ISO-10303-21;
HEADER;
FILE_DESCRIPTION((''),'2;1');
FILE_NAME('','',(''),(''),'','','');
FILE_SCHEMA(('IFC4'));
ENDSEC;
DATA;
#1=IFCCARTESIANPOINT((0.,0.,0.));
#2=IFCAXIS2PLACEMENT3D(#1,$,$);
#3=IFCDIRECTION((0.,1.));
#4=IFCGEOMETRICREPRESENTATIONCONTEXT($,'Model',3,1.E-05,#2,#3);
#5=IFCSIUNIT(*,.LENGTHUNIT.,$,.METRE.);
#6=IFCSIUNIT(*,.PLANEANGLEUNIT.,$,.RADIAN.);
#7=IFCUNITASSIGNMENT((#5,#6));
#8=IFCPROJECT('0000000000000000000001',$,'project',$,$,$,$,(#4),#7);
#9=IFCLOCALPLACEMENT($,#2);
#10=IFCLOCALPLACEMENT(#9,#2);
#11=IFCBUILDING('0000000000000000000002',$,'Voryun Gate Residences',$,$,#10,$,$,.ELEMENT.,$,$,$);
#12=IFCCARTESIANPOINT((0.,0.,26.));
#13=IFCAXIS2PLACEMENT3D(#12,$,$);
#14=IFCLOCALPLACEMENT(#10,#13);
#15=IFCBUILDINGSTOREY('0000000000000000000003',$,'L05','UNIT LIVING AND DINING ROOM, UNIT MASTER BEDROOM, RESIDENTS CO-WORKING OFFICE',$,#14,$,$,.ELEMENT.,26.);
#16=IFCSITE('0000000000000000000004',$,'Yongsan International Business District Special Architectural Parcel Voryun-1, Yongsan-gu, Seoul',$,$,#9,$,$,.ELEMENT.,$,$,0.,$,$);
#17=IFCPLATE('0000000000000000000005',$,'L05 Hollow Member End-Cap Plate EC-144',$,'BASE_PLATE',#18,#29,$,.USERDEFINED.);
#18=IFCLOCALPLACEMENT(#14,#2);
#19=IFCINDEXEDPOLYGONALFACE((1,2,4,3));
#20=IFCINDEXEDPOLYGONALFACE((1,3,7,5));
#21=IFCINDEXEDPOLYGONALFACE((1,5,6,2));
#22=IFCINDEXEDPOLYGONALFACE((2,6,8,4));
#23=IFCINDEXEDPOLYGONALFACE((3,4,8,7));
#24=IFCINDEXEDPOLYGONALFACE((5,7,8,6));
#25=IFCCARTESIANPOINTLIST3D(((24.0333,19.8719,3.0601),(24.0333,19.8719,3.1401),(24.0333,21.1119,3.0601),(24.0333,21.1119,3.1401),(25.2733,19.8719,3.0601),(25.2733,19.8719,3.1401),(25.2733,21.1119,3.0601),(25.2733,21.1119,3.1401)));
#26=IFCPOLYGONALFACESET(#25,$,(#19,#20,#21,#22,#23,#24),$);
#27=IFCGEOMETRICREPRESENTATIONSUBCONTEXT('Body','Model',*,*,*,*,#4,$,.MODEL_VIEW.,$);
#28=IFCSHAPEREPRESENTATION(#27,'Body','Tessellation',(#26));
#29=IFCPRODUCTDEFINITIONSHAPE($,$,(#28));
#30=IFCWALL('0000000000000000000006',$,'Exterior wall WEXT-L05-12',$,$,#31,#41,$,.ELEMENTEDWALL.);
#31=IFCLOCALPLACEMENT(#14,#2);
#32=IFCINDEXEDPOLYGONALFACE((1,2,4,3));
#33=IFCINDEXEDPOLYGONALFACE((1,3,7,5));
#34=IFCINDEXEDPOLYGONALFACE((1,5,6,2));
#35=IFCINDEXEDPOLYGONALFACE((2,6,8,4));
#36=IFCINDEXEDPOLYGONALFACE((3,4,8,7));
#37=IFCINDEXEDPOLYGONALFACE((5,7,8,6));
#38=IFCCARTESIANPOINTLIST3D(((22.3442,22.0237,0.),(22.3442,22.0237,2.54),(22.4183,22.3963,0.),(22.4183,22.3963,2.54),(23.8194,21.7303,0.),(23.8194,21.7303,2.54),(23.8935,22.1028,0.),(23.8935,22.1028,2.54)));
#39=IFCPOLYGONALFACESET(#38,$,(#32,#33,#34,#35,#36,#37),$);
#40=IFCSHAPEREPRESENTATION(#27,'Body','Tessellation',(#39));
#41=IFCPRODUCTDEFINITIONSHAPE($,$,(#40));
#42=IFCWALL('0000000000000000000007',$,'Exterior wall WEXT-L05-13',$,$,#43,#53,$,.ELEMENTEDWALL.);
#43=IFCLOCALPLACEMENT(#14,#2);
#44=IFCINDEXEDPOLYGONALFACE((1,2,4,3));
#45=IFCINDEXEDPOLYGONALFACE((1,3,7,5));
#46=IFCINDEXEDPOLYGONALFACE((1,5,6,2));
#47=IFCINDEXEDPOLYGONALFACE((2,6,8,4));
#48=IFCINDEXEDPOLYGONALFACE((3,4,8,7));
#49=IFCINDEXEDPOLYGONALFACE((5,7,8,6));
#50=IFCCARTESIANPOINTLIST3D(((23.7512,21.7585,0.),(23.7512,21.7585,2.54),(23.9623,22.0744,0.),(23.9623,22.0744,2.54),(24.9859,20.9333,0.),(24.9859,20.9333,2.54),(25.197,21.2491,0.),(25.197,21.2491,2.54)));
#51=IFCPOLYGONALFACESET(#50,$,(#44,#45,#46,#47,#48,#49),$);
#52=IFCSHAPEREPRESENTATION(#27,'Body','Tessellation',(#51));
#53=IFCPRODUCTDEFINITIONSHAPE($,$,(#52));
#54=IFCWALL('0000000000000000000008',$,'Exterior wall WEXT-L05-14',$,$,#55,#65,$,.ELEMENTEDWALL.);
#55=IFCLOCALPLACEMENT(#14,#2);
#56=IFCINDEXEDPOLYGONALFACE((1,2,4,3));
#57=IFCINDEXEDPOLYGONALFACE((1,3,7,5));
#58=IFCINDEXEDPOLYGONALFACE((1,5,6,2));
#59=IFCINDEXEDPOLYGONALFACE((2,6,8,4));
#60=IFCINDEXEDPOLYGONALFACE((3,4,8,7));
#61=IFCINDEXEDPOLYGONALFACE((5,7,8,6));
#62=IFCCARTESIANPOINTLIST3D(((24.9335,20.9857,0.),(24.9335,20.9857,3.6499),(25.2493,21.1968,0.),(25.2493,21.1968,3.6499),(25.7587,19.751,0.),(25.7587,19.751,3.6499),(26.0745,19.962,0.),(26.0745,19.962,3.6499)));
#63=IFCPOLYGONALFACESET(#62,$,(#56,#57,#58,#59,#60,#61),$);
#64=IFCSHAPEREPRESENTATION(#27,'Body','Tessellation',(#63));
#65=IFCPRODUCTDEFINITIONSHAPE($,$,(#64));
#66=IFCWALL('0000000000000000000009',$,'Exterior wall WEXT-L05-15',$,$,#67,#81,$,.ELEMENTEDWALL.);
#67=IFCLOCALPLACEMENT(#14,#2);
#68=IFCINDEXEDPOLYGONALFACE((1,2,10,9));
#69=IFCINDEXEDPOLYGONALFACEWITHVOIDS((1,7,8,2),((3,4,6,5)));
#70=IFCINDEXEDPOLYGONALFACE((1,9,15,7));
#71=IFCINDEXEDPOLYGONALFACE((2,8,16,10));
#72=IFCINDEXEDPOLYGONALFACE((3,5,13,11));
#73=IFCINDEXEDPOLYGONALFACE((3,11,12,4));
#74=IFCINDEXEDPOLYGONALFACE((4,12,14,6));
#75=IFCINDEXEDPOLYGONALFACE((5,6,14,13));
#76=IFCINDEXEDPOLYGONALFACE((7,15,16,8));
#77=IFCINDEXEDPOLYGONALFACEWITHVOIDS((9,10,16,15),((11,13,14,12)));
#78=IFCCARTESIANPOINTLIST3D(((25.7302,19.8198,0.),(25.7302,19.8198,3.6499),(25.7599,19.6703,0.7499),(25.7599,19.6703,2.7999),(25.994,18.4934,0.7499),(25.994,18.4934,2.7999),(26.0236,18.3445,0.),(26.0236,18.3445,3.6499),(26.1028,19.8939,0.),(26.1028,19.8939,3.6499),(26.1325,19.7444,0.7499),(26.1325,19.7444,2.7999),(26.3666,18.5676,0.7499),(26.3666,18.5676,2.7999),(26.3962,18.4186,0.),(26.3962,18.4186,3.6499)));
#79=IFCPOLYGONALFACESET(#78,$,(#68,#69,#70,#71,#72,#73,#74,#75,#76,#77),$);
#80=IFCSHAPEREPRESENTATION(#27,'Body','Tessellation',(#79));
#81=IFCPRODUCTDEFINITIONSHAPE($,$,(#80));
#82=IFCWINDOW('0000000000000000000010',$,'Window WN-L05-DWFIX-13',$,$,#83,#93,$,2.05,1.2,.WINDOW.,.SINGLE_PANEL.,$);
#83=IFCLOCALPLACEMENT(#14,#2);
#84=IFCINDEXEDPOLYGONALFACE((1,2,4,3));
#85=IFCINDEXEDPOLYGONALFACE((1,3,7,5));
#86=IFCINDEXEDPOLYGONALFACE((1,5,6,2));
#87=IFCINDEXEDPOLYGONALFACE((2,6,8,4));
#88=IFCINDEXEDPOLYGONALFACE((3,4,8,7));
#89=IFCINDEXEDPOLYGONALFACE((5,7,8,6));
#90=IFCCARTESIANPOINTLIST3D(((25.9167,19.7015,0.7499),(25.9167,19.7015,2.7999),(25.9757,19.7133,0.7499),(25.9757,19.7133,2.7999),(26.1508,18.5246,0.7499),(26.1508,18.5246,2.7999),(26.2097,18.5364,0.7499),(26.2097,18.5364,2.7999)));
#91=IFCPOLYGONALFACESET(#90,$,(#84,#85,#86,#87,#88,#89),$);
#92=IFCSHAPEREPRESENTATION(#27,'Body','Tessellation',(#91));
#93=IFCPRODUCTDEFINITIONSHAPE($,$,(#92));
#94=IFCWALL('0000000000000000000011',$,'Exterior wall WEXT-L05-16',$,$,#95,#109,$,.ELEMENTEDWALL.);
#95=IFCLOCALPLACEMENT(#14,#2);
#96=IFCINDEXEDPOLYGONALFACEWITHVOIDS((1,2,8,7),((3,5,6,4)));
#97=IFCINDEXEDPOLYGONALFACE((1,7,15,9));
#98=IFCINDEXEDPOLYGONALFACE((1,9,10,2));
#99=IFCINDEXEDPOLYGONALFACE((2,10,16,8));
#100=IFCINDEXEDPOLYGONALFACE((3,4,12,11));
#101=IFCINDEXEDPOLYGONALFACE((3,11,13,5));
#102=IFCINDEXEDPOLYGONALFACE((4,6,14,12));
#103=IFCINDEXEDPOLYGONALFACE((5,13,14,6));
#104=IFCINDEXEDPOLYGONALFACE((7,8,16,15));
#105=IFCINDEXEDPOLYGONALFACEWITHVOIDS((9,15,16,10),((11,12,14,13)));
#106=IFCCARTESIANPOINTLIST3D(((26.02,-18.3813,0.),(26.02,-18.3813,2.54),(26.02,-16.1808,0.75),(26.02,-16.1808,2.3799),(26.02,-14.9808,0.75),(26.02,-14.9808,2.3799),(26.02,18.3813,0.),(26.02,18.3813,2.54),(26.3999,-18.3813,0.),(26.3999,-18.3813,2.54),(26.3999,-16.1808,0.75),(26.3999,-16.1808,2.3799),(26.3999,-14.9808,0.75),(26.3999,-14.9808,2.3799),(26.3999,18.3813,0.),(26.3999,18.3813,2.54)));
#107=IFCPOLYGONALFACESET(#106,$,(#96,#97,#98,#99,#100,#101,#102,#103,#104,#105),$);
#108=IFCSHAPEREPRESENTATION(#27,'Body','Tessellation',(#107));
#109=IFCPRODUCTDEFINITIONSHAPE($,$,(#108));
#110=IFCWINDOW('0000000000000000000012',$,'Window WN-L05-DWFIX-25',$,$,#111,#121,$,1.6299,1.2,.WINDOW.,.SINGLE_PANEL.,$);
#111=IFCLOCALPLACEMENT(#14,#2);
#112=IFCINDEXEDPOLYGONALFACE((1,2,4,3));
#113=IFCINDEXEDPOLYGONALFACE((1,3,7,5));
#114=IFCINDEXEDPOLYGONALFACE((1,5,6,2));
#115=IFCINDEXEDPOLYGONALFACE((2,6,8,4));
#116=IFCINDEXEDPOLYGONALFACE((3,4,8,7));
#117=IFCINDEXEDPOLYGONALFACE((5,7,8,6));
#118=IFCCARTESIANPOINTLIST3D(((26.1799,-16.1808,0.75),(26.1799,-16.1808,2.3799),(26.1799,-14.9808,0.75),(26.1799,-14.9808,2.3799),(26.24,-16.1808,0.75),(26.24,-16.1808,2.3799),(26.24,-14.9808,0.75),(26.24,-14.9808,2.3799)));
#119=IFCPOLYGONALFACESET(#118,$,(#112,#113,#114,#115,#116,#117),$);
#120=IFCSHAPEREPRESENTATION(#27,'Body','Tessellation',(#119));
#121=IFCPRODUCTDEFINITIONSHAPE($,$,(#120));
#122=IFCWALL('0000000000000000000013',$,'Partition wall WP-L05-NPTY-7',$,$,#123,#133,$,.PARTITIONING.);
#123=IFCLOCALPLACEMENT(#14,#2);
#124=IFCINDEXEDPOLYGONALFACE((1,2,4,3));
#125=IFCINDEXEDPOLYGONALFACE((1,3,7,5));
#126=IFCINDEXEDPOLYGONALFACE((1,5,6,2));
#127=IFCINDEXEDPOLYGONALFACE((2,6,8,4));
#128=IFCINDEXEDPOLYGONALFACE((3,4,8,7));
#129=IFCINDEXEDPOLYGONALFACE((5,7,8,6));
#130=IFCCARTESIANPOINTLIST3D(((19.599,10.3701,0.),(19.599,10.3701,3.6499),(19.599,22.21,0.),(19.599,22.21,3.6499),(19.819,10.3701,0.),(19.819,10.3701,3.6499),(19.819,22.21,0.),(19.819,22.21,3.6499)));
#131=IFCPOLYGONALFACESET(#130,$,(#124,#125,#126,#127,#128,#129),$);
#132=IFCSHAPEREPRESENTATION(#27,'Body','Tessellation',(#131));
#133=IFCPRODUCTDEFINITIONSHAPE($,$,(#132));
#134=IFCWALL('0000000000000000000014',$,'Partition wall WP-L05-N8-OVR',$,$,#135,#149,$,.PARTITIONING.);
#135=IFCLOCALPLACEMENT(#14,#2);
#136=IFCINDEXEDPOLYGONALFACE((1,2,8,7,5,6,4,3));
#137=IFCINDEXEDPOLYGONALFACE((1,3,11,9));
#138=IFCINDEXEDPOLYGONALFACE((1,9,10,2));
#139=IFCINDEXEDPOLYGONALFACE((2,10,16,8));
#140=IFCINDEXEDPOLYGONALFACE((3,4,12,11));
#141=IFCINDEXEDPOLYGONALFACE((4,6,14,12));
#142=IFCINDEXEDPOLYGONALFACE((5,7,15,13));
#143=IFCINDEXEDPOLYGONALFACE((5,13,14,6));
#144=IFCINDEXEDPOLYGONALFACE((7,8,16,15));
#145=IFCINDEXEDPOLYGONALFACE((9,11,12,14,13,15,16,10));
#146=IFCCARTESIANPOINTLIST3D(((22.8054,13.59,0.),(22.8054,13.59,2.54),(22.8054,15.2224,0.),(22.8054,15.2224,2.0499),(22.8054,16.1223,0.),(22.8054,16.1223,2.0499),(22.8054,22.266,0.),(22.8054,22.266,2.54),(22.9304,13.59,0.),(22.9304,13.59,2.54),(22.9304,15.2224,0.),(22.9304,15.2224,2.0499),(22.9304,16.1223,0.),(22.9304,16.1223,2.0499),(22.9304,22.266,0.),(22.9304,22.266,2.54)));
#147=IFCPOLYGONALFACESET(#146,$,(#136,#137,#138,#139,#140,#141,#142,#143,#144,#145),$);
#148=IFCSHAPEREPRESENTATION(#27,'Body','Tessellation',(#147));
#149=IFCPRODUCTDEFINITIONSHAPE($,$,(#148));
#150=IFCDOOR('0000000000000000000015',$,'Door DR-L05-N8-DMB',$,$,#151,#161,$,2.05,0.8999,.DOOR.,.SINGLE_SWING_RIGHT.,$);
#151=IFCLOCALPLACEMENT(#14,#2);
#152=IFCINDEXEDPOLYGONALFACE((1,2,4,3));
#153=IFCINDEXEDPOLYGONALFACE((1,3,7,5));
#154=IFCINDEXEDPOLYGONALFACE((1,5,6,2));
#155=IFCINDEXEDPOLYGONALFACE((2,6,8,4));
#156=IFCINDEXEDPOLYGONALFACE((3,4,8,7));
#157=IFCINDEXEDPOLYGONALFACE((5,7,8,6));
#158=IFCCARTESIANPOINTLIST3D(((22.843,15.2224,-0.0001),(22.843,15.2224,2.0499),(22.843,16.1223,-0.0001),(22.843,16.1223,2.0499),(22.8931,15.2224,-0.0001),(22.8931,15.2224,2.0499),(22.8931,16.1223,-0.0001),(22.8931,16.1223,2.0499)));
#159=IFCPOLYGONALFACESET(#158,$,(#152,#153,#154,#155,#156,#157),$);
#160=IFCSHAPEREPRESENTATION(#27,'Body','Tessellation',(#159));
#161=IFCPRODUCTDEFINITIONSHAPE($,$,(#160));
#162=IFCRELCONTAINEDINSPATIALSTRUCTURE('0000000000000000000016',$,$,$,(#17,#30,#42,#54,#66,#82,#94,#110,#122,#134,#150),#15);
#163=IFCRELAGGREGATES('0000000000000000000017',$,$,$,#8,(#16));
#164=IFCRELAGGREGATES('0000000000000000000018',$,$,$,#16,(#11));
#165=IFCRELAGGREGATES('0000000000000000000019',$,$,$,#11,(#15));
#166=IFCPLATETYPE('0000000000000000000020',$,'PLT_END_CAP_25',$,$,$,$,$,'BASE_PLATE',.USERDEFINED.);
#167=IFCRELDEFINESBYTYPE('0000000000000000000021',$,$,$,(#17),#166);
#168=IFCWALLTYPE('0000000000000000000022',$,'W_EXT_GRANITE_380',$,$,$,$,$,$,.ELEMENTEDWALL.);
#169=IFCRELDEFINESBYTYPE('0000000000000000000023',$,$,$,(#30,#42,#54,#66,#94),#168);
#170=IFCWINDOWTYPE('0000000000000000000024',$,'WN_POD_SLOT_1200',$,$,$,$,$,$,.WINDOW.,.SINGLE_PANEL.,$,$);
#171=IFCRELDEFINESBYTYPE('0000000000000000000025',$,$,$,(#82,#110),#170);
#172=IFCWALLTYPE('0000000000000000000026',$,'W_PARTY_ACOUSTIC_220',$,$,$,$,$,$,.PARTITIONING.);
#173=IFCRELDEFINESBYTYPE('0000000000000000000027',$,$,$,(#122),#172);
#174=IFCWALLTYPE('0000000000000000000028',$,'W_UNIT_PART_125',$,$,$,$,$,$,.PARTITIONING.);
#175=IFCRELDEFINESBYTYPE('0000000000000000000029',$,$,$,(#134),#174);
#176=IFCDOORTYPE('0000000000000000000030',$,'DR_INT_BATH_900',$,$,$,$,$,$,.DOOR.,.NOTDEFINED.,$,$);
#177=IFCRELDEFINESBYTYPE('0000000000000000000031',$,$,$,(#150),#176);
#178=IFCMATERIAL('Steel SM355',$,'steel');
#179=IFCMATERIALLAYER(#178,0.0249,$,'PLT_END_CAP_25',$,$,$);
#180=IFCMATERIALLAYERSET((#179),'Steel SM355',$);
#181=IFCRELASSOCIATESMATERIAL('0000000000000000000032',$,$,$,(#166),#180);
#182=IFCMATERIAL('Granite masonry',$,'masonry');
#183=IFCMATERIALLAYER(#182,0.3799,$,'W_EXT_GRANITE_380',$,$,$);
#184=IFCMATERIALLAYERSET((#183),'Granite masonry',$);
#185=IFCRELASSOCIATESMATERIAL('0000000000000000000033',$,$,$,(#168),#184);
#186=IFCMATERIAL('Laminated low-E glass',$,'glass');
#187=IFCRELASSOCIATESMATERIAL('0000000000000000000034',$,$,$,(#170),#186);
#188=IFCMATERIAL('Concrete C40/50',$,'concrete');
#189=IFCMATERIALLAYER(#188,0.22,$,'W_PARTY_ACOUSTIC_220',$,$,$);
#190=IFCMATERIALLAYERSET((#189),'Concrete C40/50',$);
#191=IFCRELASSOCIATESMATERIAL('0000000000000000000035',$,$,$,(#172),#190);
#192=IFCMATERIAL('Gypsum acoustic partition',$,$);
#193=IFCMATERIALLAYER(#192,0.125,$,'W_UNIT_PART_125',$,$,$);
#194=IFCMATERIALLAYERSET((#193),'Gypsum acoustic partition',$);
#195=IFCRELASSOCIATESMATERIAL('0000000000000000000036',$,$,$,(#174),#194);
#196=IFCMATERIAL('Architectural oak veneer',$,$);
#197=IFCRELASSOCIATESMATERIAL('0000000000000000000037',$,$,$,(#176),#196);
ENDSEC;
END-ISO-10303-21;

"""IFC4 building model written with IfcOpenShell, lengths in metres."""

from ifc_helpers import new_model, si_unit, direction, frame, frame_2d, origin, origin_2d, place, context, subcontext, project, spatial, rectangle, extrude, material, layer, layer_set, type_object, element, fill, save


model = new_model("IFC4")

# Units and contexts
model_context = context("Model", 3, precision=1e-05, world=origin(), true_north=direction((0.0, 1.0)))
body_context = subcontext(model_context, "Body", "Model", "MODEL_VIEW")
ifc_project = project(units=[si_unit("LENGTHUNIT", "METRE"), si_unit("PLANEANGLEUNIT", "RADIAN")], contexts=[model_context])

# Site, building, storey
site_placement = place(None, origin())
site = spatial("IfcSite", under=ifc_project, at=site_placement, Name="Yongsan International Business District Special Architectural Parcel Voryun-1, Yongsan-gu, Seoul", CompositionType="ELEMENT", RefElevation=0.0)
building_placement = place(site_placement, origin())
building = spatial("IfcBuilding", under=site, at=building_placement, Name="Voryun Gate Residences", CompositionType="ELEMENT")
storey_placement = place(building_placement, frame((0.0, 0.0, 26.0)))
storey = spatial("IfcBuildingStorey", under=building, at=storey_placement, Name="L05", Description="UNIT LIVING AND DINING ROOM, UNIT MASTER BEDROOM, RESIDENTS CO-WORKING OFFICE", CompositionType="ELEMENT", Elevation=26.0)

# Plate
ifc_material_1 = material(Name="Steel SM355", Category="steel")
ifc_layer_1 = layer(ifc_material_1, 0.0249, Name="PLT_END_CAP_25")
ifc_layer_set_1 = layer_set([ifc_layer_1], Name="Steel SM355")
plate_type = type_object("IfcPlateType", Name="PLT_END_CAP_25", ElementType="BASE_PLATE", PredefinedType="USERDEFINED", material=ifc_layer_set_1)
for number, where, z_axis, x_axis, name in (
    (1, (24.6533, 20.4919, 3.0601), (0.0, 0.0, 1.0), (1.0, 0.0, 0.0), "L05 Hollow Member End-Cap Plate EC-144"),
):
    element("IfcPlate", number, at=place(storey_placement, frame(where, z_axis=z_axis, x_axis=x_axis)), inside=storey, type_object=plate_type, Name=name, ObjectType="BASE_PLATE", PredefinedType="USERDEFINED", context=body_context, shape_type="SweptSolid", body=[
        extrude(rectangle(XDim=1.24, YDim=1.24, at=origin_2d()), origin(), (0.0, 0.0, 1.0), 0.0801),
    ])

# Walls
ifc_material_2 = material(Name="Granite masonry", Category="masonry")
ifc_layer_2 = layer(ifc_material_2, 0.3799, Name="W_EXT_GRANITE_380")
ifc_layer_set_2 = layer_set([ifc_layer_2], Name="Granite masonry")
wall_type_1 = type_object("IfcWallType", Name="W_EXT_GRANITE_380", PredefinedType="ELEMENTEDWALL", material=ifc_layer_set_2)
wall_1_placement = place(storey_placement, frame((22.3813, 22.21, 0.0), z_axis=(0.0, 0.0, 1.0), x_axis=(0.980786, -0.195086, 0.0)))
element("IfcWall", 2, at=wall_1_placement, inside=storey, type_object=wall_type_1, Name="Exterior wall WEXT-L05-12", PredefinedType="ELEMENTEDWALL", context=body_context, shape_type="SweptSolid", body=[
    extrude(rectangle(XDim=1.5042, YDim=0.3799, at=frame_2d((0.752, 0.0))), origin(), (0.0, 0.0, 1.0), 2.54),
])
wall_2_placement = place(storey_placement, frame((23.8567, 21.9165, 0.0), z_axis=(0.0, 0.0, 1.0), x_axis=(0.831392, -0.555686, 0.0)))
element("IfcWall", 3, at=wall_2_placement, inside=storey, type_object=wall_type_1, Name="Exterior wall WEXT-L05-13", PredefinedType="ELEMENTEDWALL", context=body_context, shape_type="SweptSolid", body=[
    extrude(rectangle(XDim=1.4851, YDim=0.3799, at=frame_2d((0.7427, 0.0))), origin(), (0.0, 0.0, 1.0), 2.54),
])
wall_3_placement = place(storey_placement, frame((25.0913, 21.0913, 0.0), z_axis=(0.0, 0.0, 1.0), x_axis=(0.555686, -0.831392, 0.0)))
element("IfcWall", 4, at=wall_3_placement, inside=storey, type_object=wall_type_1, Name="Exterior wall WEXT-L05-14", PredefinedType="ELEMENTEDWALL", context=body_context, shape_type="SweptSolid", body=[
    extrude(rectangle(XDim=1.4851, YDim=0.3799, at=frame_2d((0.7427, 0.0))), origin(), (0.0, 0.0, 1.0), 3.6499),
])

# Walls, openings, windows
wall_4_placement = place(storey_placement, frame((25.9165, 19.8567, 0.0), z_axis=(0.0, 0.0, 1.0), x_axis=(0.195086, -0.980786, 0.0)))
wall_4 = element("IfcWall", 5, at=wall_4_placement, inside=storey, type_object=wall_type_1, Name="Exterior wall WEXT-L05-15", PredefinedType="ELEMENTEDWALL", context=body_context, shape_type="SweptSolid", body=[
    extrude(rectangle(XDim=1.5042, YDim=0.3799, at=frame_2d((0.752, 0.0))), origin(), (0.0, 0.0, 1.0), 3.6499),
])
opening_1_placement = place(wall_4_placement, frame((0.1521, 0.0, 0.75)))
opening_1 = element("IfcOpeningElement", 6, at=opening_1_placement, cuts=wall_4, PredefinedType="OPENING", context=body_context, shape_type="SweptSolid", body=[
    extrude(rectangle(XDim=1.2, YDim=2.05, at=frame_2d((0.6001, 1.0249))), frame((0.0, 0.2, 0.0), z_axis=(0.0, -1.0, 0.0), x_axis=(1.0, 0.0, 0.0)), (0.0, 0.0, 1.0), 0.3999),
])
ifc_material_3 = material(Name="Laminated low-E glass", Category="glass")
window_type = type_object("IfcWindowType", Name="WN_POD_SLOT_1200", PartitioningType="SINGLE_PANEL", PredefinedType="WINDOW", material=ifc_material_3)
window_1_placement = place(opening_1_placement, origin())
window_1 = element("IfcWindow", 7, at=window_1_placement, inside=storey, type_object=window_type, Name="Window WN-L05-DWFIX-13", OverallHeight=2.05, OverallWidth=1.2, PartitioningType="SINGLE_PANEL", PredefinedType="WINDOW", context=body_context, shape_type="SweptSolid", body=[
    extrude(rectangle(XDim=1.2, YDim=2.05, at=frame_2d((0.6001, 1.0249))), frame((0.0, 0.03, 0.0), z_axis=(0.0, -1.0, 0.0), x_axis=(1.0, 0.0, 0.0)), (0.0, 0.0, 1.0), 0.0601),
])
fill(opening_1, window_1)
wall_5_placement = place(storey_placement, frame((26.21, 18.3813, 0.0), z_axis=(0.0, 0.0, 1.0), x_axis=(0.0, -1.0, 0.0)))
wall_5 = element("IfcWall", 8, at=wall_5_placement, inside=storey, type_object=wall_type_1, Name="Exterior wall WEXT-L05-16", PredefinedType="ELEMENTEDWALL", context=body_context, shape_type="SweptSolid", body=[
    extrude(rectangle(XDim=36.7627, YDim=0.3799, at=frame_2d((18.3813, 0.0))), origin(), (0.0, 0.0, 1.0), 2.54),
])
opening_2_placement = place(wall_5_placement, frame((33.3621, 0.0, 0.75)))
opening_2 = element("IfcOpeningElement", 9, at=opening_2_placement, cuts=wall_5, PredefinedType="OPENING", context=body_context, shape_type="SweptSolid", body=[
    extrude(rectangle(XDim=1.2, YDim=1.6299, at=frame_2d((0.6001, 0.8149))), frame((0.0, 0.2, 0.0), z_axis=(0.0, -1.0, 0.0), x_axis=(1.0, 0.0, 0.0)), (0.0, 0.0, 1.0), 0.3999),
])
window_2_placement = place(opening_2_placement, origin())
window_2 = element("IfcWindow", 10, at=window_2_placement, inside=storey, type_object=window_type, Name="Window WN-L05-DWFIX-25", OverallHeight=1.6299, OverallWidth=1.2, PartitioningType="SINGLE_PANEL", PredefinedType="WINDOW", context=body_context, shape_type="SweptSolid", body=[
    extrude(rectangle(XDim=1.2, YDim=1.6299, at=frame_2d((0.6001, 0.8149))), frame((0.0, 0.03, 0.0), z_axis=(0.0, -1.0, 0.0), x_axis=(1.0, 0.0, 0.0)), (0.0, 0.0, 1.0), 0.0601),
])
fill(opening_2, window_2)

# Wall
ifc_material_4 = material(Name="Concrete C40/50", Category="concrete")
ifc_layer_3 = layer(ifc_material_4, 0.22, Name="W_PARTY_ACOUSTIC_220")
ifc_layer_set_3 = layer_set([ifc_layer_3], Name="Concrete C40/50")
wall_type_2 = type_object("IfcWallType", Name="W_PARTY_ACOUSTIC_220", PredefinedType="PARTITIONING", material=ifc_layer_set_3)
wall_6_placement = place(storey_placement, frame((19.709, 10.3701, 0.0), z_axis=(0.0, 0.0, 1.0), x_axis=(0.0, 1.0, 0.0)))
element("IfcWall", 11, at=wall_6_placement, inside=storey, type_object=wall_type_2, Name="Partition wall WP-L05-NPTY-7", PredefinedType="PARTITIONING", context=body_context, shape_type="SweptSolid", body=[
    extrude(rectangle(XDim=11.8398, YDim=0.22, at=frame_2d((5.9199, 0.0))), origin(), (0.0, 0.0, 1.0), 3.6499),
])

# Wall, opening, door
ifc_material_5 = material(Name="Gypsum acoustic partition")
ifc_layer_4 = layer(ifc_material_5, 0.125, Name="W_UNIT_PART_125")
ifc_layer_set_4 = layer_set([ifc_layer_4], Name="Gypsum acoustic partition")
wall_type_3 = type_object("IfcWallType", Name="W_UNIT_PART_125", PredefinedType="PARTITIONING", material=ifc_layer_set_4)
wall_7_placement = place(storey_placement, frame((22.8679, 13.5901, 0.0), z_axis=(0.0, 0.0, 1.0), x_axis=(0.0, 1.0, 0.0)))
wall_7 = element("IfcWall", 12, at=wall_7_placement, inside=storey, type_object=wall_type_3, Name="Partition wall WP-L05-N8-OVR", PredefinedType="PARTITIONING", context=body_context, shape_type="SweptSolid", body=[
    extrude(rectangle(XDim=8.676, YDim=0.125, at=frame_2d((4.3379, 0.0))), origin(), (0.0, 0.0, 1.0), 2.54),
])
opening_3_placement = place(wall_7_placement, frame((1.6323, 0.0, 0.0)))
opening_3 = element("IfcOpeningElement", 13, at=opening_3_placement, cuts=wall_7, PredefinedType="OPENING", context=body_context, shape_type="SweptSolid", body=[
    extrude(rectangle(XDim=0.8999, YDim=2.05, at=frame_2d((0.45, 1.0249))), frame((0.0, 0.0725, 0.0), z_axis=(0.0, -1.0, 0.0), x_axis=(1.0, 0.0, 0.0)), (0.0, 0.0, 1.0), 0.145),
])
ifc_material_6 = material(Name="Architectural oak veneer")
door_type_1 = type_object("IfcDoorType", Name="DR_INT_BATH_900", OperationType="NOTDEFINED", PredefinedType="DOOR", material=ifc_material_6)
door_1_placement = place(opening_3_placement, origin())
door_1 = element("IfcDoor", 14, at=door_1_placement, inside=storey, type_object=door_type_1, Name="Door DR-L05-N8-DMB", OperationType="SINGLE_SWING_RIGHT", OverallHeight=2.05, OverallWidth=0.8999, PredefinedType="DOOR", context=body_context, shape_type="SweptSolid", body=[
    extrude(rectangle(XDim=0.8999, YDim=2.05, at=frame_2d((0.45, 1.0249))), frame((0.0, 0.0249, 0.0), z_axis=(0.0, -1.0, 0.0), x_axis=(1.0, 0.0, 0.0)), (0.0, 0.0, 1.0), 0.05),
])
fill(opening_3, door_1)

save(model, "model.ifc")
